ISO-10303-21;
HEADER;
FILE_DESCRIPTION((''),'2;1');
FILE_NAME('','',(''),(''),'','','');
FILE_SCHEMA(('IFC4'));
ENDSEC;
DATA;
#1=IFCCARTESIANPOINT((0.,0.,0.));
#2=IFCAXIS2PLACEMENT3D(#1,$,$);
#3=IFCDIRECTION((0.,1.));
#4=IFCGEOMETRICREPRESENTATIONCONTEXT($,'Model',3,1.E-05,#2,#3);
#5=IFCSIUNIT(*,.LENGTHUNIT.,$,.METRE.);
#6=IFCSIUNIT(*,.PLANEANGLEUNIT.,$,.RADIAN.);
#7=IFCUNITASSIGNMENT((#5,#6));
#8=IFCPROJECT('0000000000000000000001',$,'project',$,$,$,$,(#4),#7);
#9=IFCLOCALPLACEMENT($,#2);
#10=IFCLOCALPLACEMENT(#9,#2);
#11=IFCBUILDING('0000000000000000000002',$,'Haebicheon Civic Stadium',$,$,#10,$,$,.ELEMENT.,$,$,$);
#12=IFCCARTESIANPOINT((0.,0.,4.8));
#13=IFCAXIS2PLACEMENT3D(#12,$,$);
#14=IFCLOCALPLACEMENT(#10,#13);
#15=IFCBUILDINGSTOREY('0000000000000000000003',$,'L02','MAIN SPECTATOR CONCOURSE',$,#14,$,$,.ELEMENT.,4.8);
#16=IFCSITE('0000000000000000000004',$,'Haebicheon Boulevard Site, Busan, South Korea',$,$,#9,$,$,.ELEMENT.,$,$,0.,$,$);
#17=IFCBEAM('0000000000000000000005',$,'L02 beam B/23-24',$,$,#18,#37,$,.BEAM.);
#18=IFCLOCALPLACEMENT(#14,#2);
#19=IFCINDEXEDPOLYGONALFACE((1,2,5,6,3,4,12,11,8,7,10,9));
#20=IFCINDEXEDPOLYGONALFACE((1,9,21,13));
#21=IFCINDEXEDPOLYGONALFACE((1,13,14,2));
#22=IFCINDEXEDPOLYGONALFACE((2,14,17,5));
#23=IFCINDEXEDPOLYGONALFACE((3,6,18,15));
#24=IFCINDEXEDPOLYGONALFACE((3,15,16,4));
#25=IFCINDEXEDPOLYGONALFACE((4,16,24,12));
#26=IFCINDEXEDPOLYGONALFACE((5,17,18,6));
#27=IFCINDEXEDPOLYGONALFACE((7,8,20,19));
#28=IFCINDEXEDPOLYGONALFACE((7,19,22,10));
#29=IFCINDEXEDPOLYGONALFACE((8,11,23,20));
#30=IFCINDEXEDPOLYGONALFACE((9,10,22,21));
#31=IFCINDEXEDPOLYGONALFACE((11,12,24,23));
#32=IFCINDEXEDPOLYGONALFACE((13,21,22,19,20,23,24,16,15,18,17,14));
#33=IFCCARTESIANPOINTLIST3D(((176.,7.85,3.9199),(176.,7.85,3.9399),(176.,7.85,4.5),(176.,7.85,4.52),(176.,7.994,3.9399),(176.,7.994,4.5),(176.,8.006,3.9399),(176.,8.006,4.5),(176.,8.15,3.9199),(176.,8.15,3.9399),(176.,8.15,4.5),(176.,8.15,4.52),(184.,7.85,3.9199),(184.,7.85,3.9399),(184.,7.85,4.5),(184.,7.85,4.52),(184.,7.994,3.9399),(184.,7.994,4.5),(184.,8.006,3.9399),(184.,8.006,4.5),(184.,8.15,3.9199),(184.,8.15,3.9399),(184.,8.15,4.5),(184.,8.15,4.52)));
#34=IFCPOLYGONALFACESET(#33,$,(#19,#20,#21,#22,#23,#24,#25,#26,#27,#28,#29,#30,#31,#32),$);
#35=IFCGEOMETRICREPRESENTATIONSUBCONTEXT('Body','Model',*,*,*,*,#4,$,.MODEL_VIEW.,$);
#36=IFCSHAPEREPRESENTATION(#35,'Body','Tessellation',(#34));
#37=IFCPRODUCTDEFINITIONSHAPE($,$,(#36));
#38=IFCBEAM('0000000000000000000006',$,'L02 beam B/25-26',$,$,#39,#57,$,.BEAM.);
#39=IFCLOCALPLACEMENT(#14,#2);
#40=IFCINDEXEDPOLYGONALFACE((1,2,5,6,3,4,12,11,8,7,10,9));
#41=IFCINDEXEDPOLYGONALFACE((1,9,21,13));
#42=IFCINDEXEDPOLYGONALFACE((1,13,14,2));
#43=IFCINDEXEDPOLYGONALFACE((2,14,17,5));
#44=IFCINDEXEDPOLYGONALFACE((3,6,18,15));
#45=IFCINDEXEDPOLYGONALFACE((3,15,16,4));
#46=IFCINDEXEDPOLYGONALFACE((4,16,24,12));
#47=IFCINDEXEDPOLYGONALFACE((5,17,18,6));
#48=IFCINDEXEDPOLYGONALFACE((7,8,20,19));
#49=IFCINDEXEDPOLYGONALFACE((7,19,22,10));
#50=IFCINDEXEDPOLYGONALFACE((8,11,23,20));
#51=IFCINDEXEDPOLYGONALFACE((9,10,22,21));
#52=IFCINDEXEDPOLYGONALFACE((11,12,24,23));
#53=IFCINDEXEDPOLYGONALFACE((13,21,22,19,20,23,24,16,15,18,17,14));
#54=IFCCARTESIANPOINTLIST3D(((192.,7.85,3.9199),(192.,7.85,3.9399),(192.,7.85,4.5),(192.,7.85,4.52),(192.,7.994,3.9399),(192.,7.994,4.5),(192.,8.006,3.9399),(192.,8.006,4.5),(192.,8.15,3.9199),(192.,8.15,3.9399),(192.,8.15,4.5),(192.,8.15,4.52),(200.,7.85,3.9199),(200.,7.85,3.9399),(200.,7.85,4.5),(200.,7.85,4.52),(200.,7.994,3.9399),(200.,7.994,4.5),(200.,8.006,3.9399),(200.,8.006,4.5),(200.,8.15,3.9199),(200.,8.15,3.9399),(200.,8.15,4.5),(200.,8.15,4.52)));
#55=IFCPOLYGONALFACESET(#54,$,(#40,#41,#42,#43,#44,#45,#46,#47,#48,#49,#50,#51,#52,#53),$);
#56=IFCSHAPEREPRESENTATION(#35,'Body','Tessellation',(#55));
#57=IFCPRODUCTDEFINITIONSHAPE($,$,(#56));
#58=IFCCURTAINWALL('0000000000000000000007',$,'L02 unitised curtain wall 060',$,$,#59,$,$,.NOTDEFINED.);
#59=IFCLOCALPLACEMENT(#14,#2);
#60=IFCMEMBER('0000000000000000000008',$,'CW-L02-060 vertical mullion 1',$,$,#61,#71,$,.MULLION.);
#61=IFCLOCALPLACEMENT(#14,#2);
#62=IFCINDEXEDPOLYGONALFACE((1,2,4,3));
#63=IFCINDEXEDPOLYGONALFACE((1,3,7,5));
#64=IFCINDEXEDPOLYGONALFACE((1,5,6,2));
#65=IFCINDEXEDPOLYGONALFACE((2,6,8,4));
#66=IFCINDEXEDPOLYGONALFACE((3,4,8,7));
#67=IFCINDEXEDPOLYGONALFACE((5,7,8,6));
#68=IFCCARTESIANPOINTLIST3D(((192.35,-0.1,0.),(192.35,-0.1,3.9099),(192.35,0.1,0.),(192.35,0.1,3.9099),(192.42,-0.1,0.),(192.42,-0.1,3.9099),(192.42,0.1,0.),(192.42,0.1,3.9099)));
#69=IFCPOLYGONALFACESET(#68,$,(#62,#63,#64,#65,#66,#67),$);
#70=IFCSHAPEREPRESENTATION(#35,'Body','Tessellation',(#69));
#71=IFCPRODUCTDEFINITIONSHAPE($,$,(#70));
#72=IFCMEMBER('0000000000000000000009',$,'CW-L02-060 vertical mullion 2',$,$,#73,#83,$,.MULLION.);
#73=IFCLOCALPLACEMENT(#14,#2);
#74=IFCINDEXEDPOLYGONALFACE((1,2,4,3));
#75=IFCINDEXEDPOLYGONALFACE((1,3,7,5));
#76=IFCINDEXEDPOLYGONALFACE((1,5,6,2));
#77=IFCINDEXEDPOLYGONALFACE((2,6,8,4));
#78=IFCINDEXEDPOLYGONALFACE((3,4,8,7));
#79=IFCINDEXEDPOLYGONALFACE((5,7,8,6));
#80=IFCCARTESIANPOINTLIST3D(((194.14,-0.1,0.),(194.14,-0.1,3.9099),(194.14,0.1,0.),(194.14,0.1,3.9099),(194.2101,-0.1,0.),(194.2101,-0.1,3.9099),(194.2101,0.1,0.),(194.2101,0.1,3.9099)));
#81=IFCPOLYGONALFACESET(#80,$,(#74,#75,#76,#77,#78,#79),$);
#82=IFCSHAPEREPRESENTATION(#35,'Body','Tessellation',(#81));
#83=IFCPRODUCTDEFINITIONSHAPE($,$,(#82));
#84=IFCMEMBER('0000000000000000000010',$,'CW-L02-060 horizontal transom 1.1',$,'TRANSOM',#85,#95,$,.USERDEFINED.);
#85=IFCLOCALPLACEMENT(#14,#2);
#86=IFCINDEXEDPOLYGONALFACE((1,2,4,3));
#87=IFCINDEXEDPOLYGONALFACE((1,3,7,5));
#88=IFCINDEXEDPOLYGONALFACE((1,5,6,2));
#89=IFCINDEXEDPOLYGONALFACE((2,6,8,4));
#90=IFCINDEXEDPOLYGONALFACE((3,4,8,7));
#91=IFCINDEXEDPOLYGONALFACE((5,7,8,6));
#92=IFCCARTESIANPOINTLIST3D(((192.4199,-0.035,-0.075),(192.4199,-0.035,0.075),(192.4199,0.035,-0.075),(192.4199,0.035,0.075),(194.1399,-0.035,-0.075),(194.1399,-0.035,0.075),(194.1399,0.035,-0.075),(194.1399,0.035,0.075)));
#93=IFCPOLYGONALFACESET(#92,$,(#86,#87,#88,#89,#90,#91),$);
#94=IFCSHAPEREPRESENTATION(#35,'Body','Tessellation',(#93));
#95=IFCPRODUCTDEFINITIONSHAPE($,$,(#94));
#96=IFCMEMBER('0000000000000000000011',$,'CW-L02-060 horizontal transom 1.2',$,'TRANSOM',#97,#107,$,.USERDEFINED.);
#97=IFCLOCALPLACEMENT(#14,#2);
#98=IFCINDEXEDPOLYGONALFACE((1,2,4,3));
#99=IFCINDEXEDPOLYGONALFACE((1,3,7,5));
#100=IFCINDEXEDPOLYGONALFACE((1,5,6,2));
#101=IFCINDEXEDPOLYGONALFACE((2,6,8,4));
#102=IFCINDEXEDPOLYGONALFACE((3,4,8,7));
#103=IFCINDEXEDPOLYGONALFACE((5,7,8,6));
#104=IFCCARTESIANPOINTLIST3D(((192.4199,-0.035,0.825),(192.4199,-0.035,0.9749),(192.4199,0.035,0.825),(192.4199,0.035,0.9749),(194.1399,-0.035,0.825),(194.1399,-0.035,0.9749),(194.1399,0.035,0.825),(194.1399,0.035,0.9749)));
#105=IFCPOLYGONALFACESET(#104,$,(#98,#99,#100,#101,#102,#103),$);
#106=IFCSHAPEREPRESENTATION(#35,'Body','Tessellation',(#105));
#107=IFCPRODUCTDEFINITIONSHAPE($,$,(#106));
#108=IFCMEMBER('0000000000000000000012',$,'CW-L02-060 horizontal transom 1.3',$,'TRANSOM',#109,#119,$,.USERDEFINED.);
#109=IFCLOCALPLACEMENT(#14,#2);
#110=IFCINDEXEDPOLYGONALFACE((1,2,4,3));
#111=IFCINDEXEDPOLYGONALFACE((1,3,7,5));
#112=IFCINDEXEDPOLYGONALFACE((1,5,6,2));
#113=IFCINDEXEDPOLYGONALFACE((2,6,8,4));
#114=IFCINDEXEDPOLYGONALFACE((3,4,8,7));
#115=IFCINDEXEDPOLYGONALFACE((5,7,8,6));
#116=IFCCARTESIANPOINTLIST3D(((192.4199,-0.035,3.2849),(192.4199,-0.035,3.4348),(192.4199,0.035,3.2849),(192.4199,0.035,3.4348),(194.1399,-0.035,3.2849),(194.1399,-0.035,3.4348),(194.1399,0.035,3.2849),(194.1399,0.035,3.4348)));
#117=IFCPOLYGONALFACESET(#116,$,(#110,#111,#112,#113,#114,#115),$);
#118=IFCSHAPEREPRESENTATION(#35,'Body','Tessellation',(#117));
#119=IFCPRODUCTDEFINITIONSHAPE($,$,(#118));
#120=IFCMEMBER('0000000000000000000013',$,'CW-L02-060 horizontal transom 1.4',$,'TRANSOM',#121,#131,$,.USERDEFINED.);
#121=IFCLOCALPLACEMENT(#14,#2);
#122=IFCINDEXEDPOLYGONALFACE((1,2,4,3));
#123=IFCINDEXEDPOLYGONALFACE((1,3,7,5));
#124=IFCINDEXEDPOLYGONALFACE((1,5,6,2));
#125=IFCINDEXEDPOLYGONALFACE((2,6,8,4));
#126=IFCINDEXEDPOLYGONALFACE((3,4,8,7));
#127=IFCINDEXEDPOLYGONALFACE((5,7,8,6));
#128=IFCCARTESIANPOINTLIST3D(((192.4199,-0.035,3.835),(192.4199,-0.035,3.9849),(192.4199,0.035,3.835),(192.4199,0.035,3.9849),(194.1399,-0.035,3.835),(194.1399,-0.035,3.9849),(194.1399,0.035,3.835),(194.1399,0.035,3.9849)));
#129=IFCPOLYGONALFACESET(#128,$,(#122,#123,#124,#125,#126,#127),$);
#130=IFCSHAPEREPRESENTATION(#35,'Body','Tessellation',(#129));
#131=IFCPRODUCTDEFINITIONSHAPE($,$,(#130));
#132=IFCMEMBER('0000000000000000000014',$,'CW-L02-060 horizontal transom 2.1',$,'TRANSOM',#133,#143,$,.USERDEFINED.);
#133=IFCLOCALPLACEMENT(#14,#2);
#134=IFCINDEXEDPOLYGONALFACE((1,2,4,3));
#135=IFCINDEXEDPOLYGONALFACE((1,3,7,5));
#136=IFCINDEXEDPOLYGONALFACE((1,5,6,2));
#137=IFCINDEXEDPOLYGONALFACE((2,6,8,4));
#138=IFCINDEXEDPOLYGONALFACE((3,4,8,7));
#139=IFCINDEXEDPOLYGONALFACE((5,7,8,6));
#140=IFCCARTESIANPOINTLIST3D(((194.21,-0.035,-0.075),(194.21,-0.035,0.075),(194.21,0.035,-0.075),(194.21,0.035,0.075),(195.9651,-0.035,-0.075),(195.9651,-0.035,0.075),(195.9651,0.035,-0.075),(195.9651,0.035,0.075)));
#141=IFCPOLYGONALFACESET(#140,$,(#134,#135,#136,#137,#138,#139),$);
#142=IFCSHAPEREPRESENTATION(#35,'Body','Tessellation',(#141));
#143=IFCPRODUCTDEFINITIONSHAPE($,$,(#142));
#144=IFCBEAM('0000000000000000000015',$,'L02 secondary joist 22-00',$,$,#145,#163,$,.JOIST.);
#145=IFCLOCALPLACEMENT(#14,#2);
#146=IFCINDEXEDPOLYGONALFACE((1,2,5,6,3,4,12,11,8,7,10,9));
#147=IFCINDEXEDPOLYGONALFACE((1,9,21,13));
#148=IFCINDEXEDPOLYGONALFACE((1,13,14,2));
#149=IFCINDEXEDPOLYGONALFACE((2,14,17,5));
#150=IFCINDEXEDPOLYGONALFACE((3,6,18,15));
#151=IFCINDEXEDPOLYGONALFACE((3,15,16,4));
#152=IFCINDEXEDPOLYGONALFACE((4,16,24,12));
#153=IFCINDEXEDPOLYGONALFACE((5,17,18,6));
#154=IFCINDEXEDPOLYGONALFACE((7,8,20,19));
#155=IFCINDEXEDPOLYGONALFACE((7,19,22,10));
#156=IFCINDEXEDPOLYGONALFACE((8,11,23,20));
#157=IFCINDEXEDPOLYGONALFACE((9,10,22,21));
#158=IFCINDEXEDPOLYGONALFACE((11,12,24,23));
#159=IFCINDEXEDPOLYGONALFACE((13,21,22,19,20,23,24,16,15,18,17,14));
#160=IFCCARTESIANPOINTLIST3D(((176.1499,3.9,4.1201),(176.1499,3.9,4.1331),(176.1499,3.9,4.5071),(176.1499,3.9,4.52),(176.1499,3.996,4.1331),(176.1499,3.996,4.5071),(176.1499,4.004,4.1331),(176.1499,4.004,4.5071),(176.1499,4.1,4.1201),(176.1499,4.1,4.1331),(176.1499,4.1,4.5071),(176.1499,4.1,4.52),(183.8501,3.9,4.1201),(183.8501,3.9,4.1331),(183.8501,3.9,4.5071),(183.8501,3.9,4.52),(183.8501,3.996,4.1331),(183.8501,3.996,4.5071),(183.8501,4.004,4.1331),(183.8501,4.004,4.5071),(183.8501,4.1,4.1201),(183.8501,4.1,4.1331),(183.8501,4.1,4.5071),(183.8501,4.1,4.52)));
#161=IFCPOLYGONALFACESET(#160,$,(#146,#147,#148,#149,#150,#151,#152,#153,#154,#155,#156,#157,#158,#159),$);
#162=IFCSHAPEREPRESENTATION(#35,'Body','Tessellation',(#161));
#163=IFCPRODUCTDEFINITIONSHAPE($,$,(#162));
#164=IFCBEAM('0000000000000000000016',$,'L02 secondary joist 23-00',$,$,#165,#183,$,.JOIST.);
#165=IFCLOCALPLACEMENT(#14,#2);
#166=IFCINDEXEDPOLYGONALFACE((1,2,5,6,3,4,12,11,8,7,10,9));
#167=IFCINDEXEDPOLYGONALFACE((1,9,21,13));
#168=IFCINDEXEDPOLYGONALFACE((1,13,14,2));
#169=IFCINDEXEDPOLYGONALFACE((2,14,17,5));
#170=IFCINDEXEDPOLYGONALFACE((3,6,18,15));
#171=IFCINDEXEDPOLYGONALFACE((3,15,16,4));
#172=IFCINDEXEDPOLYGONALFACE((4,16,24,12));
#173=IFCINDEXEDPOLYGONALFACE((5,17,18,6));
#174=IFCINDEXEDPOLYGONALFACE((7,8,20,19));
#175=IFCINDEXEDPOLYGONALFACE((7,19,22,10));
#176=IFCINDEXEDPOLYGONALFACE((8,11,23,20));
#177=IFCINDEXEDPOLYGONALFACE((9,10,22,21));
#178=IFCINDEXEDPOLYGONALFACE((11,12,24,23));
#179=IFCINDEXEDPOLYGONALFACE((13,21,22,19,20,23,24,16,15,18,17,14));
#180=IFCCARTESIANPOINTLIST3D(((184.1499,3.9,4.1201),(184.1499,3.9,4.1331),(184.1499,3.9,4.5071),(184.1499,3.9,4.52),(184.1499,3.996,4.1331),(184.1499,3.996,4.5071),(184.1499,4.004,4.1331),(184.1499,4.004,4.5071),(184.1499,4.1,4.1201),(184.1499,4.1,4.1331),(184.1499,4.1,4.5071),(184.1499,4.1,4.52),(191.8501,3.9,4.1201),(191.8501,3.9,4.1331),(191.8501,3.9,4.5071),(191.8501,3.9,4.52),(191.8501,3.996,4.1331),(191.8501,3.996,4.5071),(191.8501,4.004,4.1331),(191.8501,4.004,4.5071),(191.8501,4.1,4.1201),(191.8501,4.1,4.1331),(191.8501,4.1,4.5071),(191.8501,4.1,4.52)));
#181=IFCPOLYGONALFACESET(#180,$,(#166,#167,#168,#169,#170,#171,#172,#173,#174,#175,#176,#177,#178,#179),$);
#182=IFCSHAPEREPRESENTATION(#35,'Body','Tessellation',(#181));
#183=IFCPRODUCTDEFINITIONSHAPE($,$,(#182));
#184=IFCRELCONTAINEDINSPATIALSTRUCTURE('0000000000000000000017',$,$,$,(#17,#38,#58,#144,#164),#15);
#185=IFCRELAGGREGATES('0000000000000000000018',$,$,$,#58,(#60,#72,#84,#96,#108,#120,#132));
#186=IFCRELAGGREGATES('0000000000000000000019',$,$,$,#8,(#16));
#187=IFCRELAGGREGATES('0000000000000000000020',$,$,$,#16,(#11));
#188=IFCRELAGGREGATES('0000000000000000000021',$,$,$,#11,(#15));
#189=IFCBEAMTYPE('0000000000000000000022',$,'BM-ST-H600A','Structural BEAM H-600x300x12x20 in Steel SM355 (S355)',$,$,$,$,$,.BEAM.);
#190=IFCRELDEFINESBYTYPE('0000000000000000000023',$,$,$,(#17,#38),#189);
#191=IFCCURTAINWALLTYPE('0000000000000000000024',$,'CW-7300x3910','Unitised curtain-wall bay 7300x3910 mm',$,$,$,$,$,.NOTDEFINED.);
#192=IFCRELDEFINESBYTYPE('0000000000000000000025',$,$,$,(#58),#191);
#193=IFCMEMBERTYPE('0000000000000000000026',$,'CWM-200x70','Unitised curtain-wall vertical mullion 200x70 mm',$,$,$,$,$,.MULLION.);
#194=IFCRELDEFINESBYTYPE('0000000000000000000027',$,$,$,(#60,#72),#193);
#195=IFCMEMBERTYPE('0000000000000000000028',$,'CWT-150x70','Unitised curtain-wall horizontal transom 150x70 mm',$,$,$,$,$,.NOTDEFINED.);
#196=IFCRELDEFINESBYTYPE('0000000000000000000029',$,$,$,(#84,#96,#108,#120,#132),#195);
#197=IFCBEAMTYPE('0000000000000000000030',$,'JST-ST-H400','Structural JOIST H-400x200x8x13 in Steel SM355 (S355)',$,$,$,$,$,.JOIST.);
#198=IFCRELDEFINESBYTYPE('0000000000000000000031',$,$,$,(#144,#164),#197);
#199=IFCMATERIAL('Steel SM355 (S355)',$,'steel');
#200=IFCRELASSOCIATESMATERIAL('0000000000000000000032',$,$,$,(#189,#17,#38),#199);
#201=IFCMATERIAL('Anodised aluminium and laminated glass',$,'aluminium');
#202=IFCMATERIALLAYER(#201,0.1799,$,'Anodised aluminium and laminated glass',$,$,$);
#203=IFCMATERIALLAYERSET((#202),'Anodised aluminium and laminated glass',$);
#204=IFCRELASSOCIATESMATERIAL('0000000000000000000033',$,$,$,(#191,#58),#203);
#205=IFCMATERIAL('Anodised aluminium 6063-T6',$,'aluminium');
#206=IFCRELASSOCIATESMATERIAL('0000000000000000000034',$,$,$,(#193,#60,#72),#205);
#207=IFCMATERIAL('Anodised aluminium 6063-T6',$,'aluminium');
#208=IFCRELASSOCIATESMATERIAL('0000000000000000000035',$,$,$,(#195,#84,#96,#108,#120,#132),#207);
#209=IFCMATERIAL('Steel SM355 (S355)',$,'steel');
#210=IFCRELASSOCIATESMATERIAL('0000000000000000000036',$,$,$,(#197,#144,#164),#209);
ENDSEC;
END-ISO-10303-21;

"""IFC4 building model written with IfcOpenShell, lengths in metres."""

from ifc_helpers import new_model, si_unit, direction, frame, origin, origin_2d, place, context, subcontext, project, spatial, rectangle, i_section, extrude, material, layer, layer_set, material_profile, profile_set, type_object, element, aggregate, save


model = new_model("IFC4")

# Units and contexts
model_context = context("Model", 3, precision=1e-05, world=origin(), true_north=direction((0.0, 1.0)))
body_context = subcontext(model_context, "Body", "Model", "MODEL_VIEW")
ifc_project = project(units=[si_unit("LENGTHUNIT", "METRE"), si_unit("PLANEANGLEUNIT", "RADIAN")], contexts=[model_context])

# Site, building, storey
site_placement = place(None, origin())
site = spatial("IfcSite", under=ifc_project, at=site_placement, Name="Haebicheon Boulevard Site, Busan, South Korea", CompositionType="ELEMENT", RefElevation=0.0)
building_placement = place(site_placement, origin())
building = spatial("IfcBuilding", under=site, at=building_placement, Name="Haebicheon Civic Stadium", CompositionType="ELEMENT")
storey_placement = place(building_placement, frame((0.0, 0.0, 4.8)))
storey = spatial("IfcBuildingStorey", under=building, at=storey_placement, Name="L02", Description="MAIN SPECTATOR CONCOURSE", CompositionType="ELEMENT", Elevation=4.8)

# Beams
ifc_material_1 = material(Name="Steel SM355 (S355)", Category="steel")
ifc_material_profile_1 = material_profile(ifc_material_1, i_section(OverallWidth=0.3, OverallDepth=0.6001, WebThickness=0.012, FlangeThickness=0.02, at=origin_2d()), Name="H-600x300x12x20")
ifc_profile_set_1 = profile_set([ifc_material_profile_1], Name="Steel SM355 (S355)")
beam_type_1 = type_object("IfcBeamType", Name="BM-ST-H600A", Description="Structural BEAM H-600x300x12x20 in Steel SM355 (S355)", PredefinedType="BEAM", material=ifc_profile_set_1)
for number, where, z_axis, x_axis, name in (
    (1, (176.0, 8.0, 4.22), (1.0, 0.0, 0.0), (0.0, 1.0, 0.0), "L02 beam B/23-24"),
    (2, (192.0, 8.0, 4.22), (1.0, 0.0, 0.0), (0.0, 1.0, 0.0), "L02 beam B/25-26"),
):
    element("IfcBeam", number, at=place(storey_placement, frame(where, z_axis=z_axis, x_axis=x_axis)), inside=storey, type_object=beam_type_1, material=ifc_profile_set_1, Name=name, PredefinedType="BEAM", context=body_context, shape_type="SweptSolid", body=[
        extrude(i_section(OverallWidth=0.3, OverallDepth=0.6001, WebThickness=0.012, FlangeThickness=0.02, at=origin_2d()), origin(), (0.0, 0.0, 1.0), 8.0),
    ])

# Curtain wall, members
ifc_material_2 = material(Name="Anodised aluminium and laminated glass", Category="aluminium")
ifc_layer_1 = layer(ifc_material_2, 0.1799, Name="Anodised aluminium and laminated glass")
ifc_layer_set_1 = layer_set([ifc_layer_1], Name="Anodised aluminium and laminated glass")
curtain_wall_type = type_object("IfcCurtainWallType", Name="CW-7300x3910", Description="Unitised curtain-wall bay 7300x3910 mm", PredefinedType="NOTDEFINED", material=ifc_layer_set_1)
curtain_wall_placement = place(storey_placement, origin())
curtain_wall = element("IfcCurtainWall", 3, at=curtain_wall_placement, inside=storey, type_object=curtain_wall_type, material=ifc_layer_set_1, Name="L02 unitised curtain wall 060", PredefinedType="NOTDEFINED")
ifc_material_3 = material(Name="Anodised aluminium 6063-T6", Category="aluminium")
ifc_material_profile_2 = material_profile(ifc_material_3, rectangle(XDim=0.0701, YDim=0.2, at=origin_2d()), Name="ALU-MULL-70x200")
ifc_profile_set_2 = profile_set([ifc_material_profile_2], Name="Anodised aluminium 6063-T6")
member_type_1 = type_object("IfcMemberType", Name="CWM-200x70", Description="Unitised curtain-wall vertical mullion 200x70 mm", PredefinedType="MULLION", material=ifc_profile_set_2)
member_1_placement = place(storey_placement, frame((192.385, 0.0, 0.0), z_axis=(0.0, 0.0, 1.0), x_axis=(1.0, 0.0, 0.0)))
member_1 = element("IfcMember", 4, at=member_1_placement, type_object=member_type_1, material=ifc_profile_set_2, Name="CW-L02-060 vertical mullion 1", PredefinedType="MULLION", context=body_context, shape_type="SweptSolid", body=[
    extrude(rectangle(XDim=0.0701, YDim=0.2, at=origin_2d()), origin(), (0.0, 0.0, 1.0), 3.9099),
])
member_2_placement = place(storey_placement, frame((194.175, 0.0, 0.0), z_axis=(0.0, 0.0, 1.0), x_axis=(1.0, 0.0, 0.0)))
member_2 = element("IfcMember", 5, at=member_2_placement, type_object=member_type_1, material=ifc_profile_set_2, Name="CW-L02-060 vertical mullion 2", PredefinedType="MULLION", context=body_context, shape_type="SweptSolid", body=[
    extrude(rectangle(XDim=0.0701, YDim=0.2, at=origin_2d()), origin(), (0.0, 0.0, 1.0), 3.9099),
])
ifc_material_4 = material(Name="Anodised aluminium 6063-T6", Category="aluminium")
ifc_material_profile_3 = material_profile(ifc_material_4, rectangle(XDim=0.0701, YDim=0.1499, at=origin_2d()), Name="ALU-TRAN-70x150")
ifc_profile_set_3 = profile_set([ifc_material_profile_3], Name="Anodised aluminium 6063-T6")
member_type_2 = type_object("IfcMemberType", Name="CWT-150x70", Description="Unitised curtain-wall horizontal transom 150x70 mm", PredefinedType="NOTDEFINED", material=ifc_profile_set_3)
member_3_placement = place(storey_placement, frame((192.4199, 0.0, 0.0), z_axis=(1.0, 0.0, 0.0), x_axis=(0.0, 1.0, 0.0)))
member_3 = element("IfcMember", 6, at=member_3_placement, type_object=member_type_2, material=ifc_profile_set_3, Name="CW-L02-060 horizontal transom 1.1", ObjectType="TRANSOM", PredefinedType="USERDEFINED", context=body_context, shape_type="SweptSolid", body=[
    extrude(rectangle(XDim=0.0701, YDim=0.1499, at=origin_2d()), origin(), (0.0, 0.0, 1.0), 1.72),
])
member_4_placement = place(storey_placement, frame((192.4199, 0.0, 0.8999), z_axis=(1.0, 0.0, 0.0), x_axis=(0.0, 1.0, 0.0)))
member_4 = element("IfcMember", 7, at=member_4_placement, type_object=member_type_2, material=ifc_profile_set_3, Name="CW-L02-060 horizontal transom 1.2", ObjectType="TRANSOM", PredefinedType="USERDEFINED", context=body_context, shape_type="SweptSolid", body=[
    extrude(rectangle(XDim=0.0701, YDim=0.1499, at=origin_2d()), origin(), (0.0, 0.0, 1.0), 1.72),
])
member_5_placement = place(storey_placement, frame((192.4199, 0.0, 3.3599), z_axis=(1.0, 0.0, 0.0), x_axis=(0.0, 1.0, 0.0)))
member_5 = element("IfcMember", 8, at=member_5_placement, type_object=member_type_2, material=ifc_profile_set_3, Name="CW-L02-060 horizontal transom 1.3", ObjectType="TRANSOM", PredefinedType="USERDEFINED", context=body_context, shape_type="SweptSolid", body=[
    extrude(rectangle(XDim=0.0701, YDim=0.1499, at=origin_2d()), origin(), (0.0, 0.0, 1.0), 1.72),
])
member_6_placement = place(storey_placement, frame((192.4199, 0.0, 3.9099), z_axis=(1.0, 0.0, 0.0), x_axis=(0.0, 1.0, 0.0)))
member_6 = element("IfcMember", 9, at=member_6_placement, type_object=member_type_2, material=ifc_profile_set_3, Name="CW-L02-060 horizontal transom 1.4", ObjectType="TRANSOM", PredefinedType="USERDEFINED", context=body_context, shape_type="SweptSolid", body=[
    extrude(rectangle(XDim=0.0701, YDim=0.1499, at=origin_2d()), origin(), (0.0, 0.0, 1.0), 1.72),
])
member_7_placement = place(storey_placement, frame((194.21, 0.0, 0.0), z_axis=(1.0, 0.0, 0.0), x_axis=(0.0, 1.0, 0.0)))
member_7 = element("IfcMember", 10, at=member_7_placement, type_object=member_type_2, material=ifc_profile_set_3, Name="CW-L02-060 horizontal transom 2.1", ObjectType="TRANSOM", PredefinedType="USERDEFINED", context=body_context, shape_type="SweptSolid", body=[
    extrude(rectangle(XDim=0.0701, YDim=0.1499, at=origin_2d()), origin(), (0.0, 0.0, 1.0), 1.7551),
])

# Beams
ifc_material_5 = material(Name="Steel SM355 (S355)", Category="steel")
ifc_material_profile_4 = material_profile(ifc_material_5, i_section(OverallWidth=0.2, OverallDepth=0.3999, WebThickness=0.0081, FlangeThickness=0.0129, at=origin_2d()), Name="H-400x200x8x13")
ifc_profile_set_4 = profile_set([ifc_material_profile_4], Name="Steel SM355 (S355)")
beam_type_2 = type_object("IfcBeamType", Name="JST-ST-H400", Description="Structural JOIST H-400x200x8x13 in Steel SM355 (S355)", PredefinedType="JOIST", material=ifc_profile_set_4)
for number, where, z_axis, x_axis, name in (
    (11, (176.1499, 4.0, 4.3201), (1.0, 0.0, 0.0), (0.0, 1.0, 0.0), "L02 secondary joist 22-00"),
    (12, (184.1499, 4.0, 4.3201), (1.0, 0.0, 0.0), (0.0, 1.0, 0.0), "L02 secondary joist 23-00"),
):
    element("IfcBeam", number, at=place(storey_placement, frame(where, z_axis=z_axis, x_axis=x_axis)), inside=storey, type_object=beam_type_2, material=ifc_profile_set_4, Name=name, PredefinedType="JOIST", context=body_context, shape_type="SweptSolid", body=[
        extrude(i_section(OverallWidth=0.2, OverallDepth=0.3999, WebThickness=0.0081, FlangeThickness=0.0129, at=origin_2d()), origin(), (0.0, 0.0, 1.0), 7.7002),
    ])

aggregate(curtain_wall, [member_1, member_2, member_3, member_4, member_5, member_6, member_7])

save(model, "model.ifc")
